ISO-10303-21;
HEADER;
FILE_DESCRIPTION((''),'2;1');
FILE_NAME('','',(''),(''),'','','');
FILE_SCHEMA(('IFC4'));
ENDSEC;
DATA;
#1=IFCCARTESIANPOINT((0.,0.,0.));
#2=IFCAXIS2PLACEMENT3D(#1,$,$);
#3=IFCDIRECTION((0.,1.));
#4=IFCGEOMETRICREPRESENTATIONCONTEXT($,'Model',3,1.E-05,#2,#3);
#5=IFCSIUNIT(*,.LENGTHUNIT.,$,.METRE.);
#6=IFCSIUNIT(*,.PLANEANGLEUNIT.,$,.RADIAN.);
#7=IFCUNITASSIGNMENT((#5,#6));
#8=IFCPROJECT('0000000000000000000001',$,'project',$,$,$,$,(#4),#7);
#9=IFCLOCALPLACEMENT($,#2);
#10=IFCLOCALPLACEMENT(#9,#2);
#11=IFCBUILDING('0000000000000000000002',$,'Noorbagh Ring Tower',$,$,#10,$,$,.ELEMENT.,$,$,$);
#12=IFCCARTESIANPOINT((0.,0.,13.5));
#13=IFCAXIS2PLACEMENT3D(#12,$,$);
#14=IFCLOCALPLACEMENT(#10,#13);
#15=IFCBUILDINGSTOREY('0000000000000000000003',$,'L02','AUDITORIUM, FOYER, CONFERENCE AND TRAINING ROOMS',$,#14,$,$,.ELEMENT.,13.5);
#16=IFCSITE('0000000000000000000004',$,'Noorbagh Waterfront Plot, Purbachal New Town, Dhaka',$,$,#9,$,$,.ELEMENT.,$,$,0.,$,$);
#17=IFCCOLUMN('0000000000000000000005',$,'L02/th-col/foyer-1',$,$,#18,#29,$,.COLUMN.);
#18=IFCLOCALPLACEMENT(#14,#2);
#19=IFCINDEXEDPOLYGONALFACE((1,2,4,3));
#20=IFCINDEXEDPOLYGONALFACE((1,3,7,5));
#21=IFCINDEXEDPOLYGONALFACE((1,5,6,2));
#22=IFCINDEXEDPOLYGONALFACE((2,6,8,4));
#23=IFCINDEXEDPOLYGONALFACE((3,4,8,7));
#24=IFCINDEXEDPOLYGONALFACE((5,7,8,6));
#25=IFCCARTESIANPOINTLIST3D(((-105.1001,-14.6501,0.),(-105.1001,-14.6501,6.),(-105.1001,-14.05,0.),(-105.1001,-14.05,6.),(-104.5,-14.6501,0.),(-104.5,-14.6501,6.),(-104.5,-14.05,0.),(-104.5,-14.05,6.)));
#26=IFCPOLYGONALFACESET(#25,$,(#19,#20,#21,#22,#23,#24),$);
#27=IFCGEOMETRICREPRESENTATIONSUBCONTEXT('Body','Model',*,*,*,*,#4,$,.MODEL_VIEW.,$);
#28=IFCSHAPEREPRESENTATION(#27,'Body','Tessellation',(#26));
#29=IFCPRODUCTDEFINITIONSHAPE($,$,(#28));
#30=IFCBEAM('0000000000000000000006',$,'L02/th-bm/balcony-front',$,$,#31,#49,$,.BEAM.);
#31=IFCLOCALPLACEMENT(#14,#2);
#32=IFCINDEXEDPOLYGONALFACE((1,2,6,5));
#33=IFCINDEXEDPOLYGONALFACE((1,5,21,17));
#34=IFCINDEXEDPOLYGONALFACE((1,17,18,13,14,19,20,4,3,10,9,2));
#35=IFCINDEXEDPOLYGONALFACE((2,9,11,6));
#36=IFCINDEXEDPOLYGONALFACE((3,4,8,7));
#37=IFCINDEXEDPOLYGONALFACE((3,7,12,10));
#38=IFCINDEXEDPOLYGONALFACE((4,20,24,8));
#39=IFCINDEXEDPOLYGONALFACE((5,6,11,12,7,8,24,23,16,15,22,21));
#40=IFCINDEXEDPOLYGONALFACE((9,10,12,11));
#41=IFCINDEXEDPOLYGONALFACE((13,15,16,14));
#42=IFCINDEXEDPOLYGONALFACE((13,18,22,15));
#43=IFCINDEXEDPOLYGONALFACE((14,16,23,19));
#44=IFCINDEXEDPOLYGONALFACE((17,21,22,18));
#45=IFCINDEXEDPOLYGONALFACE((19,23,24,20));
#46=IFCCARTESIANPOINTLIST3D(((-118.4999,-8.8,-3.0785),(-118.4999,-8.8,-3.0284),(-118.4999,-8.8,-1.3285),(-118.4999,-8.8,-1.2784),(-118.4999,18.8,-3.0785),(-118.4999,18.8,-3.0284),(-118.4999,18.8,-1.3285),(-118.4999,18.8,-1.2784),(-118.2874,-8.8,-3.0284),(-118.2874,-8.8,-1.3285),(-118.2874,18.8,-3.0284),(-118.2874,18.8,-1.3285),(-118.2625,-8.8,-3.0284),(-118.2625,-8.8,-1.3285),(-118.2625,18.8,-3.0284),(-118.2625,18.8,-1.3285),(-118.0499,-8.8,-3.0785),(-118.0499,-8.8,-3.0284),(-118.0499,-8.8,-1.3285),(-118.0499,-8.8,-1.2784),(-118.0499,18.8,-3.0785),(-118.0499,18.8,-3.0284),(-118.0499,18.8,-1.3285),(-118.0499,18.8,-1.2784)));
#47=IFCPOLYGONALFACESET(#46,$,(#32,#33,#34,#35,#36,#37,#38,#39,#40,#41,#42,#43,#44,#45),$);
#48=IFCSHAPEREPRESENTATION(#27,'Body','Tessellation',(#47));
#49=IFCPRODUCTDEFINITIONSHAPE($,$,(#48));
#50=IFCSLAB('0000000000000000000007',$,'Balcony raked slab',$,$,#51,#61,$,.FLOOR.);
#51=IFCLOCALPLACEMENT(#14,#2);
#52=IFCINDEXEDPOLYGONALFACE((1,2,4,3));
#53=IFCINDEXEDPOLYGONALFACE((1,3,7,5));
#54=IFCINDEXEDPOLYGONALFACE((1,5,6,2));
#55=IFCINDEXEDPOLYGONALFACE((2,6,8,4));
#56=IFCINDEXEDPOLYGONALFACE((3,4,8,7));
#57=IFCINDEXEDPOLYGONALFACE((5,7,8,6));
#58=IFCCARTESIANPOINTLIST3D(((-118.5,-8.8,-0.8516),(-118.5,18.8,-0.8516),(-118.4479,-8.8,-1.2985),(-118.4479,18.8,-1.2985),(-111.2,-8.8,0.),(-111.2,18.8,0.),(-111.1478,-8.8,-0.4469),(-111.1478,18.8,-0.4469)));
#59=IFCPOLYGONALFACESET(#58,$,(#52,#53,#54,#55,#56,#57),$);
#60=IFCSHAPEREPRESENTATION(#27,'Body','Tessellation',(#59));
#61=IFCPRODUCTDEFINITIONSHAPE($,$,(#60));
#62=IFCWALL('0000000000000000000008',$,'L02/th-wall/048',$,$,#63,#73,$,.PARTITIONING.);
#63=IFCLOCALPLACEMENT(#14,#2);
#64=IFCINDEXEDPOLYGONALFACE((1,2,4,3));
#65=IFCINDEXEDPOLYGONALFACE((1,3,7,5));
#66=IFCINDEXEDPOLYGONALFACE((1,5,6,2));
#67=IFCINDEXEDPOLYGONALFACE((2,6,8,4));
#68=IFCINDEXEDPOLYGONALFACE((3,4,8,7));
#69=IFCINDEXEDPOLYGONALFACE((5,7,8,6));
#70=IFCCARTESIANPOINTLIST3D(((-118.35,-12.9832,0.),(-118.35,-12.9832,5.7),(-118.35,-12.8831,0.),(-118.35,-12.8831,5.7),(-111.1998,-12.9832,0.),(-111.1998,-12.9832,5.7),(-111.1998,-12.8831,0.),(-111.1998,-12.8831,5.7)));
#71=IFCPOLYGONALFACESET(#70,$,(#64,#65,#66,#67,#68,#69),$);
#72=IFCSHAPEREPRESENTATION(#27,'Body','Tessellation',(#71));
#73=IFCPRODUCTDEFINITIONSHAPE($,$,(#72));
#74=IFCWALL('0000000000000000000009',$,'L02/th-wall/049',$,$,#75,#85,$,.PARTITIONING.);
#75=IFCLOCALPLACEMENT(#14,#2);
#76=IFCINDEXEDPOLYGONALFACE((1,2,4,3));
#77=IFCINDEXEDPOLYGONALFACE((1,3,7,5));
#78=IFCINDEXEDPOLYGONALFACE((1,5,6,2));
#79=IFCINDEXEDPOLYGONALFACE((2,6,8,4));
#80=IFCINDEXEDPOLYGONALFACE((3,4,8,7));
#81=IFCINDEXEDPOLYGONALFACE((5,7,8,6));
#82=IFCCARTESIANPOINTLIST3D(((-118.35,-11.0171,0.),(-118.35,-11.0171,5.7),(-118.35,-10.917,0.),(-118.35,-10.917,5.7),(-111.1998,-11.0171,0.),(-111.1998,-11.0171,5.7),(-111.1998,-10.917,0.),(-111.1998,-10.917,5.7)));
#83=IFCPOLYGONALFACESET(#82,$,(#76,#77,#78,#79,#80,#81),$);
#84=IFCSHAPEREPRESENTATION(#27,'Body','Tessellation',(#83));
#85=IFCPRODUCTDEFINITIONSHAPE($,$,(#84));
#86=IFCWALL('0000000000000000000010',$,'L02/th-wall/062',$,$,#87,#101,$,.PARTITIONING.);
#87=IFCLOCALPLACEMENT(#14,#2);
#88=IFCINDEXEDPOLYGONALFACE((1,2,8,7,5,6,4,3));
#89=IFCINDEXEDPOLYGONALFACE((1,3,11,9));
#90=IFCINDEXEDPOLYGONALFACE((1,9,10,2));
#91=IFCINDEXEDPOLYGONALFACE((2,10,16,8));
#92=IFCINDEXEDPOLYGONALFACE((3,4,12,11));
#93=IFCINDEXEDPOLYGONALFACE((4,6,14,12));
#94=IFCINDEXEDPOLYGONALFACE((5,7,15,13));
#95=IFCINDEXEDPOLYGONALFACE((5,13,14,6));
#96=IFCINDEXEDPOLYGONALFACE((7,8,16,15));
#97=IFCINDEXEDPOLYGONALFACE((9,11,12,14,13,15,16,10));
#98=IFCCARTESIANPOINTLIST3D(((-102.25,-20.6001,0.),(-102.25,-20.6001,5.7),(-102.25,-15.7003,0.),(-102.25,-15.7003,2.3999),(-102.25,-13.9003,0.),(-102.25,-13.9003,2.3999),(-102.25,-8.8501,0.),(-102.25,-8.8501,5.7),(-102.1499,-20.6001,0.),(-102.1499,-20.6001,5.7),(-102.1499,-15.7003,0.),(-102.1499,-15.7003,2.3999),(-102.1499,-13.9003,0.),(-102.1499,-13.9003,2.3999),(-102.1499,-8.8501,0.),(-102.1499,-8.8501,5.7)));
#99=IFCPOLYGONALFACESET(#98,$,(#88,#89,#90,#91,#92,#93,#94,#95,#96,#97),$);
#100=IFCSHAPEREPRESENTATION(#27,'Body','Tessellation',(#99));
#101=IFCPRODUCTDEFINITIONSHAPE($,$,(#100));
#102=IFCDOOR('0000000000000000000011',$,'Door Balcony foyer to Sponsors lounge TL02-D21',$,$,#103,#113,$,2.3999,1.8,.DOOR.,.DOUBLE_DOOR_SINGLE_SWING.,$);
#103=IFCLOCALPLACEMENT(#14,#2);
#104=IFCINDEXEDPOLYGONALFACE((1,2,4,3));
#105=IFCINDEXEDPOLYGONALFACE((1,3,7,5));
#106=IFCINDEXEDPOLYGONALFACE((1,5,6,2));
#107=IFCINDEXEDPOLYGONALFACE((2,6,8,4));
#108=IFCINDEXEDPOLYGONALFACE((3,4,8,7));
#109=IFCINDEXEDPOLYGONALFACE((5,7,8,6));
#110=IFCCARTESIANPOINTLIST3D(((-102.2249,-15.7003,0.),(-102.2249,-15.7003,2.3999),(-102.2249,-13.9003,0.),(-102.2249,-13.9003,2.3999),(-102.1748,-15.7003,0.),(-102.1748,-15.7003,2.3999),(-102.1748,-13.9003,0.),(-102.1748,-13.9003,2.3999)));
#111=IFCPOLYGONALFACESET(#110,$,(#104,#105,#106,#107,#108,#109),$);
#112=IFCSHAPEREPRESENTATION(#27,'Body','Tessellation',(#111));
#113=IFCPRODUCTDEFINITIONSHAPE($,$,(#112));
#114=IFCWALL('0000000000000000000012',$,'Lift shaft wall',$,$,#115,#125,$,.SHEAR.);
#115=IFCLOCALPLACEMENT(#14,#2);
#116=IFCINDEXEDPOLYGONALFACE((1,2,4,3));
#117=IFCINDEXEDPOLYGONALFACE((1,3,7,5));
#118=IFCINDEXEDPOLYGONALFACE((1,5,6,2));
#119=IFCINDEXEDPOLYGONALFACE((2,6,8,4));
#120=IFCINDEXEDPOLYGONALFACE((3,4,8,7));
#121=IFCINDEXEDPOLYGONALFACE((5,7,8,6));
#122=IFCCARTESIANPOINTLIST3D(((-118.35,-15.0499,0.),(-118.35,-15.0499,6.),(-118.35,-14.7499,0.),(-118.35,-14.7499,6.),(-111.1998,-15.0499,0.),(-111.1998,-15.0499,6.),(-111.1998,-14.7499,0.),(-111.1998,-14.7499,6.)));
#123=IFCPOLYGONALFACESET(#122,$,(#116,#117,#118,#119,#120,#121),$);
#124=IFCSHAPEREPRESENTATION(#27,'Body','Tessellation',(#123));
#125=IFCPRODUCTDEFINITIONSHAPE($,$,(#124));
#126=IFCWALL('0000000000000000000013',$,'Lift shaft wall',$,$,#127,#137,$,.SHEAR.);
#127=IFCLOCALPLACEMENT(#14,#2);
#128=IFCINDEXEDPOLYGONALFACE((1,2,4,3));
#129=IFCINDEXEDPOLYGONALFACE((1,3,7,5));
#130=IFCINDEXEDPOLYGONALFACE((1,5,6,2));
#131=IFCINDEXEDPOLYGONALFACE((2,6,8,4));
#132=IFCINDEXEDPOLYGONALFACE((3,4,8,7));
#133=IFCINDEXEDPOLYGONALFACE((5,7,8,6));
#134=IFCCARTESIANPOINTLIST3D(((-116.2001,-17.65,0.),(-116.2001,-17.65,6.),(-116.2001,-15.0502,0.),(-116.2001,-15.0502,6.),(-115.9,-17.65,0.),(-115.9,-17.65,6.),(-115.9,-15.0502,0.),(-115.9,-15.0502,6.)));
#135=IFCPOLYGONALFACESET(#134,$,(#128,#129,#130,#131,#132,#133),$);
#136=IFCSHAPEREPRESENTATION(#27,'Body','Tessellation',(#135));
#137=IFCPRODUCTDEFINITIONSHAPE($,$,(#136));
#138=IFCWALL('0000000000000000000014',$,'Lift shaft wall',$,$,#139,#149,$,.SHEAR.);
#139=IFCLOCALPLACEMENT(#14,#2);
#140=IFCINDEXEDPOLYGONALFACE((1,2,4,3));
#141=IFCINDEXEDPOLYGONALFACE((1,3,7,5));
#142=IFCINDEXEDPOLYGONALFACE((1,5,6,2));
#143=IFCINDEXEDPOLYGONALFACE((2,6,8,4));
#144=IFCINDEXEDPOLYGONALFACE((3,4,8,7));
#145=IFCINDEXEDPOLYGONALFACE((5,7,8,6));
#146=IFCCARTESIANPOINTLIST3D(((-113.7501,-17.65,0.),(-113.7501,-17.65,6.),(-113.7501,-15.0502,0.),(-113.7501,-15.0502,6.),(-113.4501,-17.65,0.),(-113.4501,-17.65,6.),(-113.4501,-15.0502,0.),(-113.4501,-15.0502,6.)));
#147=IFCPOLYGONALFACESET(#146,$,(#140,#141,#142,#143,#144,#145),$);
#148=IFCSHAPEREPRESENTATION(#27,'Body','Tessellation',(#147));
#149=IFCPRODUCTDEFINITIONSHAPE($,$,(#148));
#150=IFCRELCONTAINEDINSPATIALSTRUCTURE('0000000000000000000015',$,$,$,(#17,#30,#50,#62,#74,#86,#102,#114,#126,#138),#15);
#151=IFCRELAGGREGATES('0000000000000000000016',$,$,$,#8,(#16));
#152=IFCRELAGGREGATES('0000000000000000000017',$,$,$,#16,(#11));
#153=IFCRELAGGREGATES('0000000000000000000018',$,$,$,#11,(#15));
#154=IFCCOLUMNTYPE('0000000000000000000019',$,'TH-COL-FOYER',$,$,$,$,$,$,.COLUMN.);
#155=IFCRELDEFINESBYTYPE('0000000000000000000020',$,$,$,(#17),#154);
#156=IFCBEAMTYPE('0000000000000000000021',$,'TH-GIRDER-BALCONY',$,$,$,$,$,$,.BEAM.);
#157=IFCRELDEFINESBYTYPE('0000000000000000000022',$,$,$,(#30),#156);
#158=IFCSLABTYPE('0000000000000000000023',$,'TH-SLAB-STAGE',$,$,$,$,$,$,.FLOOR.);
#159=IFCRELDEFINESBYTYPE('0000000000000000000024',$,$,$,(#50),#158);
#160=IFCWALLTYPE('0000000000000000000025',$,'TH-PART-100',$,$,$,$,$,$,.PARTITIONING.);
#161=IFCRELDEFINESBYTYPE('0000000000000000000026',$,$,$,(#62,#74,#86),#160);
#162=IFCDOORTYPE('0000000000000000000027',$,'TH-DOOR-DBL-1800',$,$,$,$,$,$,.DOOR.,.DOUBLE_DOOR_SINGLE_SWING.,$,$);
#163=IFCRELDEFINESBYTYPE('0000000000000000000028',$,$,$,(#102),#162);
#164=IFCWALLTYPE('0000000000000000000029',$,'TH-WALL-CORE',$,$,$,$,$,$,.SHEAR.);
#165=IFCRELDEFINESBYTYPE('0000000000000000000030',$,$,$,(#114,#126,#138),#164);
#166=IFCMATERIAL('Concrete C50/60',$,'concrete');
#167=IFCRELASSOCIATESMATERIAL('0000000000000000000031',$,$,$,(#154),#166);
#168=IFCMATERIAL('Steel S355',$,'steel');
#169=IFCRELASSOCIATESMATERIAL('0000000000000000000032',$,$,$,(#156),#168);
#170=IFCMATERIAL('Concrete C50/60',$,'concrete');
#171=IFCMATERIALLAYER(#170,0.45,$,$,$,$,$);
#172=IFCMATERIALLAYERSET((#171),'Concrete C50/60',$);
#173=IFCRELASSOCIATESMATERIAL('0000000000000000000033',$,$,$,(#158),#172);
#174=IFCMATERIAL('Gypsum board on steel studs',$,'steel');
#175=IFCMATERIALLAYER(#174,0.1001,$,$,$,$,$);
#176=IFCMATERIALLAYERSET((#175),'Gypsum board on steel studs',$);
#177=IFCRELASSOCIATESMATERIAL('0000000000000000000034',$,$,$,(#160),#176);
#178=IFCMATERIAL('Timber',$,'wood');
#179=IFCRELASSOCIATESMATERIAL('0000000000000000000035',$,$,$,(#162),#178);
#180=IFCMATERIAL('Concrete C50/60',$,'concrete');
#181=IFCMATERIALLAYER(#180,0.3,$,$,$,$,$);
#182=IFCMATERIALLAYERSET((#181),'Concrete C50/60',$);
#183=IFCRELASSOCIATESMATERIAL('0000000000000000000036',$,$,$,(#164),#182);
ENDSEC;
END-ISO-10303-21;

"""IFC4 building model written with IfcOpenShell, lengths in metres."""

from ifc_helpers import new_model, si_unit, direction, frame, frame_2d, origin, origin_2d, place, context, subcontext, project, spatial, polyline, rectangle, i_section, outline, extrude, material, layer, layer_set, material_profile, profile_set, type_object, element, fill, save


model = new_model("IFC4")

# Units and contexts
model_context = context("Model", 3, precision=1e-05, world=origin(), true_north=direction((0.0, 1.0)))
body_context = subcontext(model_context, "Body", "Model", "MODEL_VIEW")
ifc_project = project(units=[si_unit("LENGTHUNIT", "METRE"), si_unit("PLANEANGLEUNIT", "RADIAN")], contexts=[model_context])

# Site, building, storey
site_placement = place(None, origin())
site = spatial("IfcSite", under=ifc_project, at=site_placement, Name="Noorbagh Waterfront Plot, Purbachal New Town, Dhaka", CompositionType="ELEMENT", RefElevation=0.0)
building_placement = place(site_placement, origin())
building = spatial("IfcBuilding", under=site, at=building_placement, Name="Noorbagh Ring Tower", CompositionType="ELEMENT")
storey_placement = place(building_placement, frame((0.0, 0.0, 13.5)))
storey = spatial("IfcBuildingStorey", under=building, at=storey_placement, Name="L02", Description="AUDITORIUM, FOYER, CONFERENCE AND TRAINING ROOMS", CompositionType="ELEMENT", Elevation=13.5)

# Column
ifc_material_1 = material(Name="Concrete C50/60", Category="concrete")
ifc_material_profile_1 = material_profile(ifc_material_1, rectangle(XDim=0.6001, YDim=0.6001, at=origin_2d()), Name="RC600x600")
ifc_profile_set_1 = profile_set([ifc_material_profile_1], Name="Concrete C50/60")
column_type = type_object("IfcColumnType", Name="TH-COL-FOYER", PredefinedType="COLUMN", material=ifc_profile_set_1)
column_placement = place(storey_placement, frame((-104.8, -14.3501, 0.0), z_axis=(0.0, 0.0, 1.0), x_axis=(1.0, 0.0, 0.0)))
element("IfcColumn", 1, at=column_placement, inside=storey, type_object=column_type, Name="L02/th-col/foyer-1", PredefinedType="COLUMN", context=body_context, shape_type="SweptSolid", body=[
    extrude(rectangle(XDim=0.6001, YDim=0.6001, at=origin_2d()), origin(), (0.0, 0.0, 1.0), 6.0),
])

# Beam
ifc_material_2 = material(Name="Steel S355", Category="steel")
ifc_material_profile_2 = material_profile(ifc_material_2, i_section(OverallWidth=0.45, OverallDepth=1.8, WebThickness=0.0249, FlangeThickness=0.05, at=origin_2d()), Name="PG1800x450x25x50")
ifc_profile_set_2 = profile_set([ifc_material_profile_2], Name="Steel S355")
beam_type = type_object("IfcBeamType", Name="TH-GIRDER-BALCONY", PredefinedType="BEAM", material=ifc_profile_set_2)
beam_placement = place(storey_placement, frame((-118.2749, -8.8, -2.1785), z_axis=(0.0, 1.0, 0.0), x_axis=(-1.0, 0.0, 0.0)))
element("IfcBeam", 2, at=beam_placement, inside=storey, type_object=beam_type, Name="L02/th-bm/balcony-front", PredefinedType="BEAM", context=body_context, shape_type="SweptSolid", body=[
    extrude(i_section(OverallWidth=0.45, OverallDepth=1.8, WebThickness=0.0249, FlangeThickness=0.05, at=origin_2d()), origin(), (0.0, 0.0, 1.0), 27.6001),
])

# Slab
ifc_material_3 = material(Name="Concrete C50/60", Category="concrete")
ifc_layer_1 = layer(ifc_material_3, 0.45)
ifc_layer_set_1 = layer_set([ifc_layer_1], Name="Concrete C50/60")
slab_type = type_object("IfcSlabType", Name="TH-SLAB-STAGE", PredefinedType="FLOOR", material=ifc_layer_set_1)
slab_placement = place(storey_placement, frame((-118.5, -8.8, -0.8516), z_axis=(-0.115866, 0.0, 0.993265), x_axis=(0.993265, 0.0, 0.115866)))
element("IfcSlab", 3, at=slab_placement, inside=storey, type_object=slab_type, Name="Balcony raked slab", PredefinedType="FLOOR", context=body_context, shape_type="SweptSolid", body=[
    extrude(outline(polyline([(0.0, 0.0), (7.3495, 0.0), (7.3495, 27.6001), (0.0, 27.6001), (0.0, 0.0)])), origin(), (0.0, 0.0, -1.0), 0.45),
])

# Walls
ifc_material_4 = material(Name="Gypsum board on steel studs", Category="steel")
ifc_layer_2 = layer(ifc_material_4, 0.1001)
ifc_layer_set_2 = layer_set([ifc_layer_2], Name="Gypsum board on steel studs")
wall_type_1 = type_object("IfcWallType", Name="TH-PART-100", PredefinedType="PARTITIONING", material=ifc_layer_set_2)
for number, where, z_axis, x_axis, name in (
    (4, (-118.3501, -12.9331, 0.0), (0.0, 0.0, 1.0), (1.0, 0.0, 0.0), "L02/th-wall/048"),
    (5, (-118.3501, -10.967, 0.0), (0.0, 0.0, 1.0), (1.0, 0.0, 0.0), "L02/th-wall/049"),
):
    element("IfcWall", number, at=place(storey_placement, frame(where, z_axis=z_axis, x_axis=x_axis)), inside=storey, type_object=wall_type_1, Name=name, PredefinedType="PARTITIONING", context=body_context, shape_type="SweptSolid", body=[
        extrude(rectangle(XDim=7.1501, YDim=0.1001, at=frame_2d((3.5752, 0.0))), origin(), (0.0, 0.0, 1.0), 5.7),
    ])

# Wall, opening, door
wall_1_placement = place(storey_placement, frame((-102.2, -20.6001, 0.0), z_axis=(0.0, 0.0, 1.0), x_axis=(0.0, 1.0, 0.0)))
wall_1 = element("IfcWall", 6, at=wall_1_placement, inside=storey, type_object=wall_type_1, Name="L02/th-wall/062", PredefinedType="PARTITIONING", context=body_context, shape_type="SweptSolid", body=[
    extrude(rectangle(XDim=11.75, YDim=0.1001, at=frame_2d((5.875, 0.0))), origin(), (0.0, 0.0, 1.0), 5.7),
])
opening_1_placement = place(wall_1_placement, frame((4.8999, 0.0, 0.0)))
opening_1 = element("IfcOpeningElement", 7, at=opening_1_placement, cuts=wall_1, PredefinedType="OPENING", context=body_context, shape_type="SweptSolid", body=[
    extrude(rectangle(XDim=1.8, YDim=2.3999, at=frame_2d((0.8999, 1.2))), frame((0.0, 0.0601, 0.0), z_axis=(0.0, -1.0, 0.0), x_axis=(1.0, 0.0, 0.0)), (0.0, 0.0, 1.0), 0.1201),
])
ifc_material_5 = material(Name="Timber", Category="wood")
door_type_1 = type_object("IfcDoorType", Name="TH-DOOR-DBL-1800", OperationType="DOUBLE_DOOR_SINGLE_SWING", PredefinedType="DOOR", material=ifc_material_5)
door_1_placement = place(opening_1_placement, origin())
door_1 = element("IfcDoor", 8, at=door_1_placement, inside=storey, type_object=door_type_1, Name="Door Balcony foyer to Sponsors lounge TL02-D21", OperationType="DOUBLE_DOOR_SINGLE_SWING", OverallHeight=2.3999, OverallWidth=1.8, PredefinedType="DOOR", context=body_context, shape_type="SweptSolid", body=[
    extrude(rectangle(XDim=1.8, YDim=2.3999, at=frame_2d((0.8999, 1.2))), frame((0.0, 0.0249, 0.0), z_axis=(0.0, -1.0, 0.0), x_axis=(1.0, 0.0, 0.0)), (0.0, 0.0, 1.0), 0.05),
])
fill(opening_1, door_1)

# Walls
ifc_material_6 = material(Name="Concrete C50/60", Category="concrete")
ifc_layer_3 = layer(ifc_material_6, 0.3)
ifc_layer_set_3 = layer_set([ifc_layer_3], Name="Concrete C50/60")
wall_type_2 = type_object("IfcWallType", Name="TH-WALL-CORE", PredefinedType="SHEAR", material=ifc_layer_set_3)
wall_2_placement = place(storey_placement, frame((-118.3501, -14.8999, 0.0), z_axis=(0.0, 0.0, 1.0), x_axis=(1.0, 0.0, 0.0)))
element("IfcWall", 9, at=wall_2_placement, inside=storey, type_object=wall_type_2, Name="Lift shaft wall", PredefinedType="SHEAR", context=body_context, shape_type="SweptSolid", body=[
    extrude(rectangle(XDim=7.1501, YDim=0.3, at=frame_2d((3.5752, 0.0))), origin(), (0.0, 0.0, 1.0), 6.0),
])
for number, where, z_axis, x_axis, name in (
    (10, (-116.05, -17.6499, 0.0), (0.0, 0.0, 1.0), (0.0, 1.0, 0.0), "Lift shaft wall"),
    (11, (-113.6001, -17.6499, 0.0), (0.0, 0.0, 1.0), (0.0, 1.0, 0.0), "Lift shaft wall"),
):
    element("IfcWall", number, at=place(storey_placement, frame(where, z_axis=z_axis, x_axis=x_axis)), inside=storey, type_object=wall_type_2, Name=name, PredefinedType="SHEAR", context=body_context, shape_type="SweptSolid", body=[
        extrude(rectangle(XDim=2.5999, YDim=0.3, at=frame_2d((1.2998, 0.0))), origin(), (0.0, 0.0, 1.0), 6.0),
    ])

save(model, "model.ifc")
